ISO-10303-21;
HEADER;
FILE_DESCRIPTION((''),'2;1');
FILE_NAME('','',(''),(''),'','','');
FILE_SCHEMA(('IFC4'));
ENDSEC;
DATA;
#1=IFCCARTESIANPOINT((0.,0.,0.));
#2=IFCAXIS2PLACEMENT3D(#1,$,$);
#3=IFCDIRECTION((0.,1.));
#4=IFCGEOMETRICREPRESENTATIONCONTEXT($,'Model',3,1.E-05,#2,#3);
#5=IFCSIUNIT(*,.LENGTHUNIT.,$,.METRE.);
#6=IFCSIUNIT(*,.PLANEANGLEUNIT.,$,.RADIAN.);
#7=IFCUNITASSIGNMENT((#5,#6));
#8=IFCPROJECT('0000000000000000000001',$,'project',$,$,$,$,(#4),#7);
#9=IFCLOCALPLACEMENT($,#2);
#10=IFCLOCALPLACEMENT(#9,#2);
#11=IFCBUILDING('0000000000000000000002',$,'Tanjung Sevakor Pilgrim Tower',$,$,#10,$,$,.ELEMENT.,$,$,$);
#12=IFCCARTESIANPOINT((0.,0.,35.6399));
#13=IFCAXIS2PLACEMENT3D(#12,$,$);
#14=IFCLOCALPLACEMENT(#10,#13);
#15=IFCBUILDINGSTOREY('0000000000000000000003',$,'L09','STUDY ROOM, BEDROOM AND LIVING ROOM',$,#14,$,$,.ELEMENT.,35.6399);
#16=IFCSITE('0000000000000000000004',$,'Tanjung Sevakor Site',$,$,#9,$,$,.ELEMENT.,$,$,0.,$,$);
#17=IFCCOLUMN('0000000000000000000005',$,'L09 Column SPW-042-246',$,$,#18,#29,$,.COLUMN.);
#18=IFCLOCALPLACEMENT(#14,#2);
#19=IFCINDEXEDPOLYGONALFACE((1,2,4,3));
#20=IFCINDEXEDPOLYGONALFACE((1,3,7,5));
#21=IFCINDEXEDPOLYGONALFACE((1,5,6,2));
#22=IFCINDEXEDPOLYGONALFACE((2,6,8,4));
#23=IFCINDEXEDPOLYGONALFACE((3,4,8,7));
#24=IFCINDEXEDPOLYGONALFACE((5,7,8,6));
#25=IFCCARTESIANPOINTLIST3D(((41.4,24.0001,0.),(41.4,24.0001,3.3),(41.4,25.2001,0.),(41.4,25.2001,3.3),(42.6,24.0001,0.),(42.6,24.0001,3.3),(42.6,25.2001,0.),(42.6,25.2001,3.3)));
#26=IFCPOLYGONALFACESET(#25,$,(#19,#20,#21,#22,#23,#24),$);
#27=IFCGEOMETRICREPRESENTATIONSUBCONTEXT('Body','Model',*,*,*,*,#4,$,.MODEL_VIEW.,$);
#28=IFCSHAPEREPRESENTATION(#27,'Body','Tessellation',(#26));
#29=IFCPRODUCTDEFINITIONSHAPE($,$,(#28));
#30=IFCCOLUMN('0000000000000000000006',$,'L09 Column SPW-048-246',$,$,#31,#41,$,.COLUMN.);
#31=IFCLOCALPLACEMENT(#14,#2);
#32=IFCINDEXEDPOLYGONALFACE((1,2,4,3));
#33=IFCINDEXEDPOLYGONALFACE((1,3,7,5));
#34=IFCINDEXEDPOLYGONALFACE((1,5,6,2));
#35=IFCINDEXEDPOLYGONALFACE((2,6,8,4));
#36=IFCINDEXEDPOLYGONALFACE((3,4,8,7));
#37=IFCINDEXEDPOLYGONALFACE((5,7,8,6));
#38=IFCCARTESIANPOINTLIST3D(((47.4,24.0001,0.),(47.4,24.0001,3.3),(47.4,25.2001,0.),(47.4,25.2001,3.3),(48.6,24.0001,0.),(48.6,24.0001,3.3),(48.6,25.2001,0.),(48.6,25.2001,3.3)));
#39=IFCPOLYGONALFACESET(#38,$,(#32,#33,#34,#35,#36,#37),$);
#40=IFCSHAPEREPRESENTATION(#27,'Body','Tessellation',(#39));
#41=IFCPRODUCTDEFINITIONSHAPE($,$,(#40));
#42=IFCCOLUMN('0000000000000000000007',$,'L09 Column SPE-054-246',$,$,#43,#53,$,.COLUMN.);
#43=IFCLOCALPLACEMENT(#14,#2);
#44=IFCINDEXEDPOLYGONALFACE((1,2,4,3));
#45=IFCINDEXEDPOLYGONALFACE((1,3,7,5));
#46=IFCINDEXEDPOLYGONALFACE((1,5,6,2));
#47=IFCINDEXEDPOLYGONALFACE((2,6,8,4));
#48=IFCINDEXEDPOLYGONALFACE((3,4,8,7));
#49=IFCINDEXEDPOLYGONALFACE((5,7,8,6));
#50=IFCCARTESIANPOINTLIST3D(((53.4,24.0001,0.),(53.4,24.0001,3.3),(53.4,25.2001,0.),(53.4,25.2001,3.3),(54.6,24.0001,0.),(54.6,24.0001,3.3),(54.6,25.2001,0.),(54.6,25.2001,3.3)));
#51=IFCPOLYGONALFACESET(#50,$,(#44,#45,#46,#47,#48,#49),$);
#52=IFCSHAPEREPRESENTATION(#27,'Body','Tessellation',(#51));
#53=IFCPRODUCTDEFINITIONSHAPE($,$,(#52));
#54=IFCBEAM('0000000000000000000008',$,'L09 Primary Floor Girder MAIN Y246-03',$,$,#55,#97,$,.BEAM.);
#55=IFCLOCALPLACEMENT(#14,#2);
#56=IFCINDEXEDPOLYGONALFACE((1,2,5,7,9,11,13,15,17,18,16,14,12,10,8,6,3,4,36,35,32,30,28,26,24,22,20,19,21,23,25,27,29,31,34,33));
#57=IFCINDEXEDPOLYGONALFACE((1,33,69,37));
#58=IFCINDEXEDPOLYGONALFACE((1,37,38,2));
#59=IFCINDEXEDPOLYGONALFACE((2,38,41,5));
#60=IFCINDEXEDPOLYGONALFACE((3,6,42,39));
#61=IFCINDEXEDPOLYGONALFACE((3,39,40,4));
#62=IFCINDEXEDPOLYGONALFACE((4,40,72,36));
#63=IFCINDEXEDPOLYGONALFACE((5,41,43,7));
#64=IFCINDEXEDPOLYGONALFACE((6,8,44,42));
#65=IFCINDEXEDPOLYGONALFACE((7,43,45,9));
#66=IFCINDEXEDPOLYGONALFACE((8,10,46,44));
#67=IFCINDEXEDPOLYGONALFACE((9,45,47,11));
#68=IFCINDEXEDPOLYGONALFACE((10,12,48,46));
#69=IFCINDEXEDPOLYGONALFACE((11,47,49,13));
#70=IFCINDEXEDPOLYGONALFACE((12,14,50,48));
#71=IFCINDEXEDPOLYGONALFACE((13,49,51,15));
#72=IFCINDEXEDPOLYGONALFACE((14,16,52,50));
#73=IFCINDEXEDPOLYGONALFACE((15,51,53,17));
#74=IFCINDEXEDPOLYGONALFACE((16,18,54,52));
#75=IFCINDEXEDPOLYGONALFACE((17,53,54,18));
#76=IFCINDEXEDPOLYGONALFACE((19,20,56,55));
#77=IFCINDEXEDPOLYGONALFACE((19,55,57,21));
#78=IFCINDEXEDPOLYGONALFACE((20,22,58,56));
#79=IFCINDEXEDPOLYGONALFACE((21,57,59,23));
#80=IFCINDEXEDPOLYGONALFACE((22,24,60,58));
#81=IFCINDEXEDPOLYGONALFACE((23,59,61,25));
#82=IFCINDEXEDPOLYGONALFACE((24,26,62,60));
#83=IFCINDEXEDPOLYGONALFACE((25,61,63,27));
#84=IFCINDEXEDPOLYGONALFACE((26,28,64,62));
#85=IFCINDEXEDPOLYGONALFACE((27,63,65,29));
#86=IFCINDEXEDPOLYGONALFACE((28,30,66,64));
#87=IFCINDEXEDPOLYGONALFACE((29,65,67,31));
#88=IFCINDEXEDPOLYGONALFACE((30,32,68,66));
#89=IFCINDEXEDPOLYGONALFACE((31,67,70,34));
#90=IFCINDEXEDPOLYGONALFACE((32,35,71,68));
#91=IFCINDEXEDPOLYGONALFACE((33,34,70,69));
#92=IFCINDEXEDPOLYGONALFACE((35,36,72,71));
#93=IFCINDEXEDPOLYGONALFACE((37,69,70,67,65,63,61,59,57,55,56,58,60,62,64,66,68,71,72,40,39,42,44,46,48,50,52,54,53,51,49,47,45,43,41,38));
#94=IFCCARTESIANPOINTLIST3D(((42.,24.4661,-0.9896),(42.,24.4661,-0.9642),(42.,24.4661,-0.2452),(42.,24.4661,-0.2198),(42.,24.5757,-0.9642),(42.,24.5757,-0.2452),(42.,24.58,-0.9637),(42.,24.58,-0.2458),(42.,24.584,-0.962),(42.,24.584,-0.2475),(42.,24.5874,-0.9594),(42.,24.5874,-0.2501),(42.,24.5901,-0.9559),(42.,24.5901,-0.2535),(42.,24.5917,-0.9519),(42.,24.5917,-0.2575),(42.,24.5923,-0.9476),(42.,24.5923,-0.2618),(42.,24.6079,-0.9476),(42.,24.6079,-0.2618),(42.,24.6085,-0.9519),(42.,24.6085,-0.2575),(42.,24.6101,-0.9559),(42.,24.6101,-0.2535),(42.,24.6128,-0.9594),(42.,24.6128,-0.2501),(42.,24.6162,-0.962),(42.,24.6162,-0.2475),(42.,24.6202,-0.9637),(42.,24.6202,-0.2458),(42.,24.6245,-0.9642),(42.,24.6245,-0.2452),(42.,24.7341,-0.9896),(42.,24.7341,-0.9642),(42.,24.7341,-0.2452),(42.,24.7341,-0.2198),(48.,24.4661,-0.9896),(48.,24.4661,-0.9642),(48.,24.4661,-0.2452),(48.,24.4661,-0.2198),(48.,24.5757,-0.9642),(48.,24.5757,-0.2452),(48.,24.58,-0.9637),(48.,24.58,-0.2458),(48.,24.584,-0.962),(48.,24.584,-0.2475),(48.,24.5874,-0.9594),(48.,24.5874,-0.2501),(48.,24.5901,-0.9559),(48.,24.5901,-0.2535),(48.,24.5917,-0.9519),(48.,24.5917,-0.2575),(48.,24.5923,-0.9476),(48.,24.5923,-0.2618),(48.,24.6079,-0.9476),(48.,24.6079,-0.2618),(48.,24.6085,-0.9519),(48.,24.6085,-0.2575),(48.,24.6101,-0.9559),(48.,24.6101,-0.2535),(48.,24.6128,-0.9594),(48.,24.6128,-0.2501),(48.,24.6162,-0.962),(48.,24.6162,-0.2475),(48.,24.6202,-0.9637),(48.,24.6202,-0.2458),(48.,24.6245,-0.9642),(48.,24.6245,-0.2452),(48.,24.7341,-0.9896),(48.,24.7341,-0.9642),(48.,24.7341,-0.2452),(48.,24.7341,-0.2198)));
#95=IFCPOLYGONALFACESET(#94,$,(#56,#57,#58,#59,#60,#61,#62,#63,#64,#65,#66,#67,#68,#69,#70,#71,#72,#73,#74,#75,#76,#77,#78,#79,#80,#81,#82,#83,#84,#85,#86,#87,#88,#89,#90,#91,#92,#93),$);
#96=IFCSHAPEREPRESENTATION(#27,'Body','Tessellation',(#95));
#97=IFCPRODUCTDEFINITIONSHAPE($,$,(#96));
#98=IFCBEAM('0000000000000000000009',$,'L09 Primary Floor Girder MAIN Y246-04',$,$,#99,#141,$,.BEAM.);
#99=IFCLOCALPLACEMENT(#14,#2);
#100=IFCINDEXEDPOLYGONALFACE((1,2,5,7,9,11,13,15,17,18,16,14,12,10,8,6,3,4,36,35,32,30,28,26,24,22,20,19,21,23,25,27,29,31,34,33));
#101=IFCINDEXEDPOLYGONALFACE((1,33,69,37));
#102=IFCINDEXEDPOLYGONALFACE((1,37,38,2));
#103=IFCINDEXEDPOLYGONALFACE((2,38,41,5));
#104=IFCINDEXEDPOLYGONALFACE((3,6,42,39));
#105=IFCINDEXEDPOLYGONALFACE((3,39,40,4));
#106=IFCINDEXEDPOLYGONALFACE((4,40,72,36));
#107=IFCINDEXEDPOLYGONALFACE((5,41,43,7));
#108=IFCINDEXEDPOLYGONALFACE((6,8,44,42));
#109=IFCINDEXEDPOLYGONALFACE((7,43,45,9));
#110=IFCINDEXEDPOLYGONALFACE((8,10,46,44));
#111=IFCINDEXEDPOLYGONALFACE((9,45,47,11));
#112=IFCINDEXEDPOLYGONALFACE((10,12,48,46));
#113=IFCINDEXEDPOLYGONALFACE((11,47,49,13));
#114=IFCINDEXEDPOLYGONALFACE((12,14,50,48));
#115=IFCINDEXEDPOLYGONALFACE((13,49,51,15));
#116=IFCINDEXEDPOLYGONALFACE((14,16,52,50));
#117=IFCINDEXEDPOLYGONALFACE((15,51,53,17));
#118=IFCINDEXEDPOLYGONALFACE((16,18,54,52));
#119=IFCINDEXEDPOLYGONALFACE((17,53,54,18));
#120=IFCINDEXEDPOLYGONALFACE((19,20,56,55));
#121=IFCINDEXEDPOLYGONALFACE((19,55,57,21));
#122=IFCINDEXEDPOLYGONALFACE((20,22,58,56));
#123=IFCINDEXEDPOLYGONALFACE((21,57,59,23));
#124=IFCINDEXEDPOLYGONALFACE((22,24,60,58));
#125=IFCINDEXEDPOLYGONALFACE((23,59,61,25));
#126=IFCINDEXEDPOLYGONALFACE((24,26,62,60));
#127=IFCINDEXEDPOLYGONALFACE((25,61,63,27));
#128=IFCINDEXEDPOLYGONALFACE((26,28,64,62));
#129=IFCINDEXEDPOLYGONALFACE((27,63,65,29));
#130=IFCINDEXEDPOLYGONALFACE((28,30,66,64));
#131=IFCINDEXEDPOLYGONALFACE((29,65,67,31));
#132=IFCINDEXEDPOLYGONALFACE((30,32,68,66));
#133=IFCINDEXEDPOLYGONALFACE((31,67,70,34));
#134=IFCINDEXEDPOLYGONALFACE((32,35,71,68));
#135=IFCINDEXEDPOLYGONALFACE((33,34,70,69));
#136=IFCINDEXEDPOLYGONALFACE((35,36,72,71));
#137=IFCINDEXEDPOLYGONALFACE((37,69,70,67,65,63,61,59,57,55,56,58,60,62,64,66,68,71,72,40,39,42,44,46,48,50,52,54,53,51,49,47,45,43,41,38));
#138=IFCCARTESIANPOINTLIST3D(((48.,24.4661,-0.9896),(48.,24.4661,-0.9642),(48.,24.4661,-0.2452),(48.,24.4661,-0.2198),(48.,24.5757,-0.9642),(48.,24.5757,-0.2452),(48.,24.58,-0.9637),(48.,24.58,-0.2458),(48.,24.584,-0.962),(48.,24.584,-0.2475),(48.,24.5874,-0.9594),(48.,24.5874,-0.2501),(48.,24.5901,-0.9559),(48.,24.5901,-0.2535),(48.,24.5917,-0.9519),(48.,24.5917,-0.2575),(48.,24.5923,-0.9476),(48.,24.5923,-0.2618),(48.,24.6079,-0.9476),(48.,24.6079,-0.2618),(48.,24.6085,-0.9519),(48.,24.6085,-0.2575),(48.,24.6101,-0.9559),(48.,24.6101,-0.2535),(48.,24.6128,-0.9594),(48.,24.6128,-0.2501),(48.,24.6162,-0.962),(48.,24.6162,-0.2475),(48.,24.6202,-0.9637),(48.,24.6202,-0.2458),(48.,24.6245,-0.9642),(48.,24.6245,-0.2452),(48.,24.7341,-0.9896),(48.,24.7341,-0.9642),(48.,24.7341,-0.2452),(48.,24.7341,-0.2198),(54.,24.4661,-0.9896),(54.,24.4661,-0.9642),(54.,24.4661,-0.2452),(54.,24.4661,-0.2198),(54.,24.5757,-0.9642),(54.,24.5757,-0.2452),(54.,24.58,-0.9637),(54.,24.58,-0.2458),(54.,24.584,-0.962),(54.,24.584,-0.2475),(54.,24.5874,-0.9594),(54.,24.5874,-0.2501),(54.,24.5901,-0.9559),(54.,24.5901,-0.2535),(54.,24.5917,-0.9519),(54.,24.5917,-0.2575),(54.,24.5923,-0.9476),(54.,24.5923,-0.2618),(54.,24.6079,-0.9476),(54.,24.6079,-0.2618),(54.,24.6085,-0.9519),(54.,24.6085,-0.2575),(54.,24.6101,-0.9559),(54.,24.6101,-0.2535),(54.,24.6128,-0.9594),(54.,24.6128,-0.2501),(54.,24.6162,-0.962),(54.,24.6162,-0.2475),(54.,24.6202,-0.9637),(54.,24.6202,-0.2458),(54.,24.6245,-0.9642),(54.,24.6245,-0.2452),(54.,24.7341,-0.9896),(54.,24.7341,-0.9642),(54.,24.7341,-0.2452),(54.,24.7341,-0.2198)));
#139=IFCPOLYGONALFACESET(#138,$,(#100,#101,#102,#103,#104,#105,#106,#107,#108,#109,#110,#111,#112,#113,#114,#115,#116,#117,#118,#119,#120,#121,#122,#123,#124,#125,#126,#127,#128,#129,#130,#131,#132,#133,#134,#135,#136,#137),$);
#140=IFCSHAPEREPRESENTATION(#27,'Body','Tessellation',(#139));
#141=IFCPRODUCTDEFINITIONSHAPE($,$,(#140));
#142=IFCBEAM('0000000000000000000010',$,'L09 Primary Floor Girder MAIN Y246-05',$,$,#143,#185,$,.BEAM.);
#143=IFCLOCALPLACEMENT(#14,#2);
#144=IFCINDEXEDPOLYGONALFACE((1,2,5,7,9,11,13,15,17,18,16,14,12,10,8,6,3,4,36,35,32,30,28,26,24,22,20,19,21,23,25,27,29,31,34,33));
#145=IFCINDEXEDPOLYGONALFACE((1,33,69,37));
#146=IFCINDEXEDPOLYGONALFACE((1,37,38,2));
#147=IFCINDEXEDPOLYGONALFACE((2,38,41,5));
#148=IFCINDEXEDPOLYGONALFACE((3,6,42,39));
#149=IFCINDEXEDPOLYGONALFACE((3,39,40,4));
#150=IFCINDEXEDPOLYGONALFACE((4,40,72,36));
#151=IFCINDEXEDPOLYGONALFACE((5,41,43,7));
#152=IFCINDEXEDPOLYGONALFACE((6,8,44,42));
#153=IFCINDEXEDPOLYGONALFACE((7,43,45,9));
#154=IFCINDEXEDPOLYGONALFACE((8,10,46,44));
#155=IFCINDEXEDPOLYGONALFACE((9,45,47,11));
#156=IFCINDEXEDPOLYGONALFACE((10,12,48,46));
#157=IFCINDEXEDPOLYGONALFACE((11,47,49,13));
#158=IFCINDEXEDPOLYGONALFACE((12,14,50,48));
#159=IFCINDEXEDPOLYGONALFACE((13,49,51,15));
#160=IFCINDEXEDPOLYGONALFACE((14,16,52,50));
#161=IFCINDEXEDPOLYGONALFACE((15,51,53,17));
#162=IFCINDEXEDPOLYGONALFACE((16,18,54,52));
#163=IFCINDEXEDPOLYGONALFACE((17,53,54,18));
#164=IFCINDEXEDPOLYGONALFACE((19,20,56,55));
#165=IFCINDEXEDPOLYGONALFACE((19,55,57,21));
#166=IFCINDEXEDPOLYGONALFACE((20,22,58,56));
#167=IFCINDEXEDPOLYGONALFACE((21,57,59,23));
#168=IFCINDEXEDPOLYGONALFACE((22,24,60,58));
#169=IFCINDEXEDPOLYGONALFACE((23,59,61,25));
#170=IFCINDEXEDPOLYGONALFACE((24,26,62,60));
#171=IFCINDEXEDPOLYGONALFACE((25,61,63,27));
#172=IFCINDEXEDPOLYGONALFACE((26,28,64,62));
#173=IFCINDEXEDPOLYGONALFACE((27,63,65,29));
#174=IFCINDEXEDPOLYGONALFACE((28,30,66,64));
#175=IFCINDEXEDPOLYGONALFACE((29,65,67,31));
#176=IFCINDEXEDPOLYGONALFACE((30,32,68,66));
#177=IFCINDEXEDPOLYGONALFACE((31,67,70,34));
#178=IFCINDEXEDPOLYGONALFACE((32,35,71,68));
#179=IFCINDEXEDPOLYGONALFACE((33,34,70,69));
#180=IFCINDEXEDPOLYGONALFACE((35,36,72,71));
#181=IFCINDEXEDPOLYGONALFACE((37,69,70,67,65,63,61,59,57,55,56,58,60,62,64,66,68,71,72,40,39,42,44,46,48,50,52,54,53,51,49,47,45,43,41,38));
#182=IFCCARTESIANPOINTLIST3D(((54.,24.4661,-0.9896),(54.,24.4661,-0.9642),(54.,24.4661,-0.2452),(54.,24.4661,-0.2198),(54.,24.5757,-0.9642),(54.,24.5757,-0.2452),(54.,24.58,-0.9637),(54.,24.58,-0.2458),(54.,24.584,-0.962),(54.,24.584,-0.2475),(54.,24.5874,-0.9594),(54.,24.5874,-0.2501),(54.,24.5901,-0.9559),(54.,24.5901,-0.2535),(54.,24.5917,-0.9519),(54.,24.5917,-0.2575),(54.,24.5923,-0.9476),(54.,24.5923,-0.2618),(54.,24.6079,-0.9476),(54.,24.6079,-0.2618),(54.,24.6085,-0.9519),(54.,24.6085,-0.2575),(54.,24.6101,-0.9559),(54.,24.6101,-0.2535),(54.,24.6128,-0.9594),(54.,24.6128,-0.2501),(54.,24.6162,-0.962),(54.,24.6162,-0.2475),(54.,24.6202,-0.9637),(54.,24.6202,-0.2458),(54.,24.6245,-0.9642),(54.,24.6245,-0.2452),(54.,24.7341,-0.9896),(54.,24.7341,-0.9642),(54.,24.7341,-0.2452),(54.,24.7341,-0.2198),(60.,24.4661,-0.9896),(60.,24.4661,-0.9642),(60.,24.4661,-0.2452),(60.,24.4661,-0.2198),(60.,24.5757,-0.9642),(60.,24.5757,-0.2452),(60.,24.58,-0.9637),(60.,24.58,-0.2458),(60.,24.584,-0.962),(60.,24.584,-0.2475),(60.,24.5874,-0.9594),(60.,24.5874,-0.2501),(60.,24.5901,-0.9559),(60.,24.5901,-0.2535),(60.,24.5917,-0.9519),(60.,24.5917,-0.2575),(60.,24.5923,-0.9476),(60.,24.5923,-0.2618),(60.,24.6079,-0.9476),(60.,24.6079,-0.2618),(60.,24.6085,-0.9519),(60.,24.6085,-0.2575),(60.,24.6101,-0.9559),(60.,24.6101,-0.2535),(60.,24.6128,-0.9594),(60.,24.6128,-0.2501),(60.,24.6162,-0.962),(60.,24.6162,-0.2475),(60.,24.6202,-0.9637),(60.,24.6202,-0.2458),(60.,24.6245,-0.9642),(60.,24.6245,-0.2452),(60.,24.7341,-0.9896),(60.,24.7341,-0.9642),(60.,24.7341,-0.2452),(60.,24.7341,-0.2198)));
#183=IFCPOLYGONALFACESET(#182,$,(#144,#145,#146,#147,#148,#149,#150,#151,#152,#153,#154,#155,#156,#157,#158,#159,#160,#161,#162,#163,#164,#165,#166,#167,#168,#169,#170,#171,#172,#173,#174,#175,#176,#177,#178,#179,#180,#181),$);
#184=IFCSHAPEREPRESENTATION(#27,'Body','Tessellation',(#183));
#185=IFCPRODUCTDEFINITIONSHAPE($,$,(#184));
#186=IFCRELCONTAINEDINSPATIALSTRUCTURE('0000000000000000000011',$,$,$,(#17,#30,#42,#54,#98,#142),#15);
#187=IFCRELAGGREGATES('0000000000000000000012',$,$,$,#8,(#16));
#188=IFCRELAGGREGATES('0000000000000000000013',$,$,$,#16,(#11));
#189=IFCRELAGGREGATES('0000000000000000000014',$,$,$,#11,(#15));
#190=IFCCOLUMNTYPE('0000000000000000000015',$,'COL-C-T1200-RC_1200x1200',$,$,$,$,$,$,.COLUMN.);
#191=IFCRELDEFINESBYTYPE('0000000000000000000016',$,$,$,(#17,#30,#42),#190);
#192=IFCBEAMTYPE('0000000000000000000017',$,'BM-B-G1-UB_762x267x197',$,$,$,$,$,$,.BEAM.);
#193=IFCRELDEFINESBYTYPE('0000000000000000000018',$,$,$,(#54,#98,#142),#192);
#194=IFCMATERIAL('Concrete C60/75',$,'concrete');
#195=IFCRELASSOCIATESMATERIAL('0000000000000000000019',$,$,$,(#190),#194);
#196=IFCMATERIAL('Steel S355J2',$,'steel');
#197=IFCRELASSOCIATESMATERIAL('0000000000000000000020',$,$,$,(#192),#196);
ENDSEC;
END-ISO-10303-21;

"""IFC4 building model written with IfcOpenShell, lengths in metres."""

from ifc_helpers import new_model, si_unit, direction, frame, origin, origin_2d, place, context, subcontext, project, spatial, rectangle, i_section, extrude, material, material_profile, profile_set, type_object, element, save


model = new_model("IFC4")

# Units and contexts
model_context = context("Model", 3, precision=1e-05, world=origin(), true_north=direction((0.0, 1.0)))
body_context = subcontext(model_context, "Body", "Model", "MODEL_VIEW")
ifc_project = project(units=[si_unit("LENGTHUNIT", "METRE"), si_unit("PLANEANGLEUNIT", "RADIAN")], contexts=[model_context])

# Site, building, storey
site_placement = place(None, origin())
site = spatial("IfcSite", under=ifc_project, at=site_placement, Name="Tanjung Sevakor Site", CompositionType="ELEMENT", RefElevation=0.0)
building_placement = place(site_placement, origin())
building = spatial("IfcBuilding", under=site, at=building_placement, Name="Tanjung Sevakor Pilgrim Tower", CompositionType="ELEMENT")
storey_placement = place(building_placement, frame((0.0, 0.0, 35.6399)))
storey = spatial("IfcBuildingStorey", under=building, at=storey_placement, Name="L09", Description="STUDY ROOM, BEDROOM AND LIVING ROOM", CompositionType="ELEMENT", Elevation=35.6399)

# Columns
ifc_material_1 = material(Name="Concrete C60/75", Category="concrete")
ifc_material_profile_1 = material_profile(ifc_material_1, rectangle(XDim=1.2, YDim=1.2, at=origin_2d()))
ifc_profile_set_1 = profile_set([ifc_material_profile_1], Name="Concrete C60/75")
column_type = type_object("IfcColumnType", Name="COL-C-T1200-RC_1200x1200", PredefinedType="COLUMN", material=ifc_profile_set_1)
for number, where, z_axis, x_axis, name in (
    (1, (42.0, 24.6001, 0.0), (0.0, 0.0, 1.0), (1.0, 0.0, 0.0), "L09 Column SPW-042-246"),
    (2, (48.0, 24.6001, 0.0), (0.0, 0.0, 1.0), (1.0, 0.0, 0.0), "L09 Column SPW-048-246"),
    (3, (54.0, 24.6001, 0.0), (0.0, 0.0, 1.0), (1.0, 0.0, 0.0), "L09 Column SPE-054-246"),
):
    element("IfcColumn", number, at=place(storey_placement, frame(where, z_axis=z_axis, x_axis=x_axis)), inside=storey, type_object=column_type, Name=name, PredefinedType="COLUMN", context=body_context, shape_type="SweptSolid", body=[
        extrude(rectangle(XDim=1.2, YDim=1.2, at=origin_2d()), origin(), (0.0, 0.0, 1.0), 3.3),
    ])

# Beams
ifc_material_2 = material(Name="Steel S355J2", Category="steel")
ifc_material_profile_2 = material_profile(ifc_material_2, i_section(OverallWidth=0.2681, OverallDepth=0.7698, WebThickness=0.0156, FlangeThickness=0.0254, FilletRadius=0.0166, at=origin_2d()))
ifc_profile_set_2 = profile_set([ifc_material_profile_2], Name="Steel S355J2")
beam_type_1 = type_object("IfcBeamType", Name="BM-B-G1-UB_762x267x197", PredefinedType="BEAM", material=ifc_profile_set_2)
for number, where, z_axis, x_axis, name in (
    (4, (42.0, 24.6001, -0.6047), (1.0, 0.0, 0.0), (0.0, 1.0, 0.0), "L09 Primary Floor Girder MAIN Y246-03"),
    (5, (48.0, 24.6001, -0.6047), (1.0, 0.0, 0.0), (0.0, 1.0, 0.0), "L09 Primary Floor Girder MAIN Y246-04"),
    (6, (54.0, 24.6001, -0.6047), (1.0, 0.0, 0.0), (0.0, 1.0, 0.0), "L09 Primary Floor Girder MAIN Y246-05"),
):
    element("IfcBeam", number, at=place(storey_placement, frame(where, z_axis=z_axis, x_axis=x_axis)), inside=storey, type_object=beam_type_1, Name=name, PredefinedType="BEAM", context=body_context, shape_type="SweptSolid", body=[
        extrude(i_section(OverallWidth=0.2681, OverallDepth=0.7698, WebThickness=0.0156, FlangeThickness=0.0254, FilletRadius=0.0166, at=origin_2d()), origin(), (0.0, 0.0, 1.0), 6.0),
    ])

save(model, "model.ifc")
